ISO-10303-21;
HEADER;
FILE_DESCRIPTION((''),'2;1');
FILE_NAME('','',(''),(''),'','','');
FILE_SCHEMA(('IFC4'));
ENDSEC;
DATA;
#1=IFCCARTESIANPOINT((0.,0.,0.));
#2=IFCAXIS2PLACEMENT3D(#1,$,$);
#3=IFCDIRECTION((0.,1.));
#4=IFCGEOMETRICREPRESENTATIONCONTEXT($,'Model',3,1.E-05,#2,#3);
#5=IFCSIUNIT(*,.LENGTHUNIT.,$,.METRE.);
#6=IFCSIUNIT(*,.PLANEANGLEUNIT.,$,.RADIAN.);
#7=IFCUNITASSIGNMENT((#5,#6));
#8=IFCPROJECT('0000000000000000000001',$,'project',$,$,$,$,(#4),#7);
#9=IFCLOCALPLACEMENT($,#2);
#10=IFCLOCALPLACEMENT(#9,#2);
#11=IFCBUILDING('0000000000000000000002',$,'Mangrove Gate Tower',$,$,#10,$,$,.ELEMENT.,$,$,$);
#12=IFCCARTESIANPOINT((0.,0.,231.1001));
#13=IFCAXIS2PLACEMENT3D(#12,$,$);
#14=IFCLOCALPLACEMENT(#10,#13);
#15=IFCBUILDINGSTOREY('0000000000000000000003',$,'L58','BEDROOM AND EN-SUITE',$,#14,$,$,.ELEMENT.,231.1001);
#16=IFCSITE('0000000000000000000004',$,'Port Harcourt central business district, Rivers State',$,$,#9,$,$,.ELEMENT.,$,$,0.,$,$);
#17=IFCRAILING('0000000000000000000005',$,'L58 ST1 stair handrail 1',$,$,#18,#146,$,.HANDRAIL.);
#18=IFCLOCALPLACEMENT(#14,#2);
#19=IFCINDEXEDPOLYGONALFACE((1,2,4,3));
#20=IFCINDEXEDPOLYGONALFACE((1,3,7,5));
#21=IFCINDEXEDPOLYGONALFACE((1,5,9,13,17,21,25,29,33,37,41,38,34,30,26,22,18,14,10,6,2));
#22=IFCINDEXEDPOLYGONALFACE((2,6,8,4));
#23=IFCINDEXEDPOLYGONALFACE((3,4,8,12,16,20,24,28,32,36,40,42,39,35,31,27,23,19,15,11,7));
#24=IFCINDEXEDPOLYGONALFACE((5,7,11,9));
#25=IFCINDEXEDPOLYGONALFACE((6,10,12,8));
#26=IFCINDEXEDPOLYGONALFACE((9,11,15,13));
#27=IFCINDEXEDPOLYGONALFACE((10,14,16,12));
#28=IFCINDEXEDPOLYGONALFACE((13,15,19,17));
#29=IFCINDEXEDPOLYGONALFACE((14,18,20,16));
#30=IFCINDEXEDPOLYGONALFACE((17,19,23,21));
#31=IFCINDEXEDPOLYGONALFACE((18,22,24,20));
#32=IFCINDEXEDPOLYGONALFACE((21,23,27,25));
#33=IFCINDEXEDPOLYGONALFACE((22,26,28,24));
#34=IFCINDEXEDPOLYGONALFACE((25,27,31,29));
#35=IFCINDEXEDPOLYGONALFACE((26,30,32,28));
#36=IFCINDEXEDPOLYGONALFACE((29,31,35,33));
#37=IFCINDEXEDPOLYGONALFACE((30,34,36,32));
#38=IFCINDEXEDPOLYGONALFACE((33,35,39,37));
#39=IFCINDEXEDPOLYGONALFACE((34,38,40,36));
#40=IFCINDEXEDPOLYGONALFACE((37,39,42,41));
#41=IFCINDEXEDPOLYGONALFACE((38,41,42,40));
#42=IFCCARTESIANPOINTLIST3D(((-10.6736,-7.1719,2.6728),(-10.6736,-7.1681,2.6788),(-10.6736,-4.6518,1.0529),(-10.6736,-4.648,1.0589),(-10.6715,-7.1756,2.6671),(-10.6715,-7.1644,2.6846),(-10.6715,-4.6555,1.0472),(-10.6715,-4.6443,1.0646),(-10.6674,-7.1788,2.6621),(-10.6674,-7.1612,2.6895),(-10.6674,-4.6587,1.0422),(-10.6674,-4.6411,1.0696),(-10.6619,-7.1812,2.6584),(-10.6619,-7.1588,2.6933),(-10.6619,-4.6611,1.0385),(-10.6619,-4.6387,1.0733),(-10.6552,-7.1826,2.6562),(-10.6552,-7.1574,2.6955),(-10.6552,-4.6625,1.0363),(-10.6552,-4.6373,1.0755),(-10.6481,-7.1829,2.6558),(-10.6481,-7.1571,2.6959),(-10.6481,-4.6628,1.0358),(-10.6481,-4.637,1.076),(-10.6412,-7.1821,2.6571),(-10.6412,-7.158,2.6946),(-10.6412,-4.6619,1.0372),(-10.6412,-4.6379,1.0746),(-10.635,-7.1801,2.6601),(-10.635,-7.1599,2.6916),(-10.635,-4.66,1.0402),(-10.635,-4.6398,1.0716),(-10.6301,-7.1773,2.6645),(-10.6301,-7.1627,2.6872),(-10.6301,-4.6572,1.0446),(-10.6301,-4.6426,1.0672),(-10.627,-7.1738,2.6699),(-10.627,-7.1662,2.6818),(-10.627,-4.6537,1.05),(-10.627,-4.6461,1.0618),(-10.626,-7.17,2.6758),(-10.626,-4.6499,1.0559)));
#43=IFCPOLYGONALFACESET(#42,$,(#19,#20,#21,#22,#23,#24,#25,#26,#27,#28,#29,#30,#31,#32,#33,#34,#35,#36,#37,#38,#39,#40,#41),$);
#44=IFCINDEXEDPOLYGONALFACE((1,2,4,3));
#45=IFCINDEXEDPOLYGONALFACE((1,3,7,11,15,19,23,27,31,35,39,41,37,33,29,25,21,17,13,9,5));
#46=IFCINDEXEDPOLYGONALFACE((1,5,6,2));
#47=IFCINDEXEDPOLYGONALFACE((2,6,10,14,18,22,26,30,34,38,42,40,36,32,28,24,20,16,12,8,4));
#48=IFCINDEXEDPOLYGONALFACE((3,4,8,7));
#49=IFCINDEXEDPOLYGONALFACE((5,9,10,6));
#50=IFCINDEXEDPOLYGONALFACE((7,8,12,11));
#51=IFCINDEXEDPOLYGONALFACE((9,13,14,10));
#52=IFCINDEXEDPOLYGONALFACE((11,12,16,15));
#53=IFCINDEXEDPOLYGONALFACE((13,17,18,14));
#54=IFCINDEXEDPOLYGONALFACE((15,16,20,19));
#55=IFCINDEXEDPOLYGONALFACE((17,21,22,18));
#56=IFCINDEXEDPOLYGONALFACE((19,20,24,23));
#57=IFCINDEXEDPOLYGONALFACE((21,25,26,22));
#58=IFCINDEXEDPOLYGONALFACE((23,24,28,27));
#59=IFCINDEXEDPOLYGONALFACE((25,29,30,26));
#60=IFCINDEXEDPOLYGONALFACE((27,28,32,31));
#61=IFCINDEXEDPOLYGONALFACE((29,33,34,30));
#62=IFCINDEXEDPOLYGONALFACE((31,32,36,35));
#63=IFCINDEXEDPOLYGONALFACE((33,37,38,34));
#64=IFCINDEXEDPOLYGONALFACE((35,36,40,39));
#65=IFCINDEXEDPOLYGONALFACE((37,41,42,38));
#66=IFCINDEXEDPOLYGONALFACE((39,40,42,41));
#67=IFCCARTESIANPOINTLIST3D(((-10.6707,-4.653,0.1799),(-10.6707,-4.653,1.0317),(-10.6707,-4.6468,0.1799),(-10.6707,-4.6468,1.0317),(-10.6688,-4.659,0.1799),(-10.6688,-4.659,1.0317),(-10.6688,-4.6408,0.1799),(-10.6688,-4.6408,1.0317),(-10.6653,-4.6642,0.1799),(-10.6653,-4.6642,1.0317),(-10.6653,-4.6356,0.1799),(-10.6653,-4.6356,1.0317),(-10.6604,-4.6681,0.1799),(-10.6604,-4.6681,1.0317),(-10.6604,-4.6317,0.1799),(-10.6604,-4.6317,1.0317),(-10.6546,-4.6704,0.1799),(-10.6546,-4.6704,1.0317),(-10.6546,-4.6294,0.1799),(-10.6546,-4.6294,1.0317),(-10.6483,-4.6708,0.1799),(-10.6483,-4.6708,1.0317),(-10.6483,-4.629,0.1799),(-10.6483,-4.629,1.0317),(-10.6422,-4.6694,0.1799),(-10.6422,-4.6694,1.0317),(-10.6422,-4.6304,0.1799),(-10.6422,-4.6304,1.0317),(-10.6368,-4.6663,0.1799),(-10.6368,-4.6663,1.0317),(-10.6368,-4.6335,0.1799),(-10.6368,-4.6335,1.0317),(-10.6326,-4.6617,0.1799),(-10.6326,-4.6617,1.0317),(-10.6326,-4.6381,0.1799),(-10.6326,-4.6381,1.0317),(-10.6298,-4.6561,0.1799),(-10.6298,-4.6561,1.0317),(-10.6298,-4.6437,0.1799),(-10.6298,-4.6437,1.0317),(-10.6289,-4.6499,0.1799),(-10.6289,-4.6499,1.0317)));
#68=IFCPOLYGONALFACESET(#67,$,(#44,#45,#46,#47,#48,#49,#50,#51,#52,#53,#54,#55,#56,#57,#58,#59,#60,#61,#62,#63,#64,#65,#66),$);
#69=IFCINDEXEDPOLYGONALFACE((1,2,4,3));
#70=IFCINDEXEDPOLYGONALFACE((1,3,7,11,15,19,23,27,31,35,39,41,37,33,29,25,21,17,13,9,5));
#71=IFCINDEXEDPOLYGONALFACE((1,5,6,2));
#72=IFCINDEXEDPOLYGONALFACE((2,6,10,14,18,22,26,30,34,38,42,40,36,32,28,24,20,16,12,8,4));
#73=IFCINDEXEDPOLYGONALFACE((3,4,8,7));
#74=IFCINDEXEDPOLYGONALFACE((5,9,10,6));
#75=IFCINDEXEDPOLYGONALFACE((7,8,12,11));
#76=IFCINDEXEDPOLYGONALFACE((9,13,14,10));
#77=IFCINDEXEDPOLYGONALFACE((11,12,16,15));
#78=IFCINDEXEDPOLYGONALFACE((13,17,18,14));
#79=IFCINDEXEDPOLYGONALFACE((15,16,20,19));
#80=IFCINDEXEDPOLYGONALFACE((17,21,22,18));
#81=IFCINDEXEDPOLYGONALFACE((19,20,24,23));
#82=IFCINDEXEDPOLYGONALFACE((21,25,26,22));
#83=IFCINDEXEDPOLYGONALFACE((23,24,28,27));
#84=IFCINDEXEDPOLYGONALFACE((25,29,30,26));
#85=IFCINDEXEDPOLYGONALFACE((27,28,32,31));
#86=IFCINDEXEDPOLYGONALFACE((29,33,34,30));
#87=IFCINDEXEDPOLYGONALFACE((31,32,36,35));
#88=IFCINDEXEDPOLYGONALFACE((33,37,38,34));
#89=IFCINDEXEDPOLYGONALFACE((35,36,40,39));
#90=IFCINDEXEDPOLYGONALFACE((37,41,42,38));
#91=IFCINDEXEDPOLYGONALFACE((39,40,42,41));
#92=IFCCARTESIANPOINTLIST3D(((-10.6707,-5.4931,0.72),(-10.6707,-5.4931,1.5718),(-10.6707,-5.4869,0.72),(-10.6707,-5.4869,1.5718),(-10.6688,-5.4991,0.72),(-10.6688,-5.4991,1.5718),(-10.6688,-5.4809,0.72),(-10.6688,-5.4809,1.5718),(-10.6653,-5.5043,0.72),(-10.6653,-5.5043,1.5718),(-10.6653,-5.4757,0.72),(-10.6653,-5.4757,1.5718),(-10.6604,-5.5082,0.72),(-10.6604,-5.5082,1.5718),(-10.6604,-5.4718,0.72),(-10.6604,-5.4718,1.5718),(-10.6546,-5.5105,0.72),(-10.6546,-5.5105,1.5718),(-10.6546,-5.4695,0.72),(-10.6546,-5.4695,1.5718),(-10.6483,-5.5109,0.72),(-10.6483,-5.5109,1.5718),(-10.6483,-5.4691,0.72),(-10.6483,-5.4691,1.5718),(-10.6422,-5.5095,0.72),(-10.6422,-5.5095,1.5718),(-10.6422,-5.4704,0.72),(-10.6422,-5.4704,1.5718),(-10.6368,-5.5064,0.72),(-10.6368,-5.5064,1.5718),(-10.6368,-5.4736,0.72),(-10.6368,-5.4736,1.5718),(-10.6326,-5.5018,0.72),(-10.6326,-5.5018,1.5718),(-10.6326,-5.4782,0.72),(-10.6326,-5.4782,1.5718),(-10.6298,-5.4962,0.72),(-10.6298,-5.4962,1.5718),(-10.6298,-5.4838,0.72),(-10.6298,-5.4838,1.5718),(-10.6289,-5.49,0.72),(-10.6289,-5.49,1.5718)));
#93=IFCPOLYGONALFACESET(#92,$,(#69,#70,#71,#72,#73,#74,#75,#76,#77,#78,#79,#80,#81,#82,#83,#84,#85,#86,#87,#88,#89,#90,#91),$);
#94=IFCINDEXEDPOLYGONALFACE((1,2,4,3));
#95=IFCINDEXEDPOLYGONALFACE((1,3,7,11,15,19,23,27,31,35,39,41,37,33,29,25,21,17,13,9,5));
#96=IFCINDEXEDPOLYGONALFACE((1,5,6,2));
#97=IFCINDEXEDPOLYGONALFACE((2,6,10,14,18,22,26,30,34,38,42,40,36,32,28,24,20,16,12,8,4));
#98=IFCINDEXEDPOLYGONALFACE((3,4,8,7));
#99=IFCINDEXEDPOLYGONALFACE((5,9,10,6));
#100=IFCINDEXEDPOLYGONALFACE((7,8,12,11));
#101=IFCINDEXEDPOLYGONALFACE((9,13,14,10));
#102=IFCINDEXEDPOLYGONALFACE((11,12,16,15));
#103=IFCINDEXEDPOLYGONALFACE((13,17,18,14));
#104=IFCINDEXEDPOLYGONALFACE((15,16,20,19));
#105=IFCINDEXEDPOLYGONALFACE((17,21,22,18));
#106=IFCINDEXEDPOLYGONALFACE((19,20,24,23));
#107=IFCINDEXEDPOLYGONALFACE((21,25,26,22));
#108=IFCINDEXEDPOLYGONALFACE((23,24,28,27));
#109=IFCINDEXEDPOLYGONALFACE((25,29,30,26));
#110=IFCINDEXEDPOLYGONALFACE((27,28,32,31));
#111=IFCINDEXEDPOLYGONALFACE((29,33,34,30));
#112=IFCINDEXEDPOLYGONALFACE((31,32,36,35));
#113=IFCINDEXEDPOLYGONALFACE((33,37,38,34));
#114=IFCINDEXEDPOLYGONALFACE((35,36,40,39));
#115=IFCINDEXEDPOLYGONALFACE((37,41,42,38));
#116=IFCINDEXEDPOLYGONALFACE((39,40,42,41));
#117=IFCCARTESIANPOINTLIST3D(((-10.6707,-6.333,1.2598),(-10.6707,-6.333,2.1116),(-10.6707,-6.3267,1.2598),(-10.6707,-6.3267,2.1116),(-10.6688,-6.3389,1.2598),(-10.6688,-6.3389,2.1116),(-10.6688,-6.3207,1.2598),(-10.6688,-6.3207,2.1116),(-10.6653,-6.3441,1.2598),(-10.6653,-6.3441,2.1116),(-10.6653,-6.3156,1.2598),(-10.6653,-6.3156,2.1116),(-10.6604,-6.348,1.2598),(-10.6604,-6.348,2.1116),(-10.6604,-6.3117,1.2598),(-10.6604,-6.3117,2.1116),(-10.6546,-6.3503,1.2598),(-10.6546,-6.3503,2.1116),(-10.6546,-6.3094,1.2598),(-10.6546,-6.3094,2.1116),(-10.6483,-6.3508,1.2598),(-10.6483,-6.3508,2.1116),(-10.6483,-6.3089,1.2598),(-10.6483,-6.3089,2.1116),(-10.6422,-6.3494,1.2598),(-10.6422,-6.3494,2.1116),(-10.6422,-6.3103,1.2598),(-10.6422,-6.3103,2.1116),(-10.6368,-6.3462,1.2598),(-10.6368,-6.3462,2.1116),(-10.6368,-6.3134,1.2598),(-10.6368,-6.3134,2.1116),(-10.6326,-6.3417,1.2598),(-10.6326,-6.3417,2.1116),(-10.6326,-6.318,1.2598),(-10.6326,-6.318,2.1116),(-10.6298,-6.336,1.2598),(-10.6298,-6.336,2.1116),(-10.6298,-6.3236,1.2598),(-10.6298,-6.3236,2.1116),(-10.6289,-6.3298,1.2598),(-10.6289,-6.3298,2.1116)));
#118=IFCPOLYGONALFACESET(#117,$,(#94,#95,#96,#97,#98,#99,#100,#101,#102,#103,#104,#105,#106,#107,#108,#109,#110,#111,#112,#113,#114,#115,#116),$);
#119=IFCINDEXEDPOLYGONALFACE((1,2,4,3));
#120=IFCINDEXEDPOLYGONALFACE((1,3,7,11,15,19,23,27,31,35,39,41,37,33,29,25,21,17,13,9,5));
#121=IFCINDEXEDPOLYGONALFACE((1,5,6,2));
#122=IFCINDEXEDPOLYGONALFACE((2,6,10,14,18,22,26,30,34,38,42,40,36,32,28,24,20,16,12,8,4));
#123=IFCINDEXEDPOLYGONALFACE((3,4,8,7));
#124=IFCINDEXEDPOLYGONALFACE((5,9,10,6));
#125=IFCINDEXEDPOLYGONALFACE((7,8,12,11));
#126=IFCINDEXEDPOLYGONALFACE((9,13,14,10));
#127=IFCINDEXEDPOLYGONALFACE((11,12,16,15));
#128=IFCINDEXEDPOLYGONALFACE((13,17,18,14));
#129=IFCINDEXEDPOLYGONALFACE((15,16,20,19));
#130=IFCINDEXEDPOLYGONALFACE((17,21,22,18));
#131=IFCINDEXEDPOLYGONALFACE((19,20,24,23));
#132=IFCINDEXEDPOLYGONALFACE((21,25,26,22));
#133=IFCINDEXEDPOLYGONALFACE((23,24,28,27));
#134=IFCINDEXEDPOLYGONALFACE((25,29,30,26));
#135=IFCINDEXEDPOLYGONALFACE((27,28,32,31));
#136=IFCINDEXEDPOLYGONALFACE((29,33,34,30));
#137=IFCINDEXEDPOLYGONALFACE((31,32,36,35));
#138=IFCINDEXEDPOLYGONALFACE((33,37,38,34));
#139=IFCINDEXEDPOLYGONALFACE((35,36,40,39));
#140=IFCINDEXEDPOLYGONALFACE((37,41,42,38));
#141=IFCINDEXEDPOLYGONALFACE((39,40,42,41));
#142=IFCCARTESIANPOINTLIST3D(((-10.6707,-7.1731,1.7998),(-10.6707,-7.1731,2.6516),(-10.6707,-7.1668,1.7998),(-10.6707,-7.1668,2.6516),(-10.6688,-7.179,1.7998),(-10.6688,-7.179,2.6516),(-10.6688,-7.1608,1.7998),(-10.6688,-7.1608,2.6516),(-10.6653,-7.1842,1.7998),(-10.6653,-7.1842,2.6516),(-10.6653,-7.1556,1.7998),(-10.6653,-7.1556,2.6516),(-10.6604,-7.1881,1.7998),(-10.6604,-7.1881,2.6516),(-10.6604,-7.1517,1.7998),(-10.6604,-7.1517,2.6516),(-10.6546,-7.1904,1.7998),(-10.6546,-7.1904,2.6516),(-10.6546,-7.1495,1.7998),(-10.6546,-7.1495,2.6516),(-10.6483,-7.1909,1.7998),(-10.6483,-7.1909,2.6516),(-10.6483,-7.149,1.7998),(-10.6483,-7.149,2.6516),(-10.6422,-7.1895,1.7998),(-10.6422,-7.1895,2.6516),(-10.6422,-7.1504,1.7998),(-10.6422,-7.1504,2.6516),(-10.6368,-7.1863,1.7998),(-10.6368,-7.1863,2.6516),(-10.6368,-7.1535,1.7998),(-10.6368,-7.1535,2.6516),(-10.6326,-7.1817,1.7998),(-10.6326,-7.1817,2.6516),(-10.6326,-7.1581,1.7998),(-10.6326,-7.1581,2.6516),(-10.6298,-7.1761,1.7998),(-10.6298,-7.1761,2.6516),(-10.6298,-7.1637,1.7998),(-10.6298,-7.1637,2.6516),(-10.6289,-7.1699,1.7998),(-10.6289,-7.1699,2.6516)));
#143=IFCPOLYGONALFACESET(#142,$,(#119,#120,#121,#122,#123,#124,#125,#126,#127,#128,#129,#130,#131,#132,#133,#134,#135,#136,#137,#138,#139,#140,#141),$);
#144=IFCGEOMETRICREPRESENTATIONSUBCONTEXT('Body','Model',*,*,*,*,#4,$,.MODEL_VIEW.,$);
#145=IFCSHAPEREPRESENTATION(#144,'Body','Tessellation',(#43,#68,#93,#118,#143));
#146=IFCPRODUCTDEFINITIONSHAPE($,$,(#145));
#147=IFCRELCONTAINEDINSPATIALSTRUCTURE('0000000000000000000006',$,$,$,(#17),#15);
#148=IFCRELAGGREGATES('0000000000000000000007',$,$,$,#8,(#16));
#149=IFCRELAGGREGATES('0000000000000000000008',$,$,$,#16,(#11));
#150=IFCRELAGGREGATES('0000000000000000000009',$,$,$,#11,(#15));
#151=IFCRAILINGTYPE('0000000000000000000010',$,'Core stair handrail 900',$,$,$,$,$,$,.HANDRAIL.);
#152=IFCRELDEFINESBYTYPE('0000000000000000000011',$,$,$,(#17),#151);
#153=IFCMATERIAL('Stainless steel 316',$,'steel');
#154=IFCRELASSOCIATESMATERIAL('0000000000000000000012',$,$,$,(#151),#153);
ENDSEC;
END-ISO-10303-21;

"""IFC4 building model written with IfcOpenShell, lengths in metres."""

from ifc_helpers import new_model, si_unit, direction, frame, origin, origin_2d, place, context, subcontext, project, spatial, circle, extrude, material, type_object, element, save


model = new_model("IFC4")

# Units and contexts
model_context = context("Model", 3, precision=1e-05, world=origin(), true_north=direction((0.0, 1.0)))
body_context = subcontext(model_context, "Body", "Model", "MODEL_VIEW")
ifc_project = project(units=[si_unit("LENGTHUNIT", "METRE"), si_unit("PLANEANGLEUNIT", "RADIAN")], contexts=[model_context])

# Site, building, storey
site_placement = place(None, origin())
site = spatial("IfcSite", under=ifc_project, at=site_placement, Name="Port Harcourt central business district, Rivers State", CompositionType="ELEMENT", RefElevation=0.0)
building_placement = place(site_placement, origin())
building = spatial("IfcBuilding", under=site, at=building_placement, Name="Mangrove Gate Tower", CompositionType="ELEMENT")
storey_placement = place(building_placement, frame((0.0, 0.0, 231.1001)))
storey = spatial("IfcBuildingStorey", under=building, at=storey_placement, Name="L58", Description="BEDROOM AND EN-SUITE", CompositionType="ELEMENT", Elevation=231.1001)

# Railing
ifc_material_1 = material(Name="Stainless steel 316", Category="steel")
railing_type_1 = type_object("IfcRailingType", Name="Core stair handrail 900", PredefinedType="HANDRAIL", material=ifc_material_1)
railing_1_placement = place(storey_placement, frame((-10.6499, -4.6499, 0.1799)))
element("IfcRailing", 1, at=railing_1_placement, inside=storey, type_object=railing_type_1, Name="L58 ST1 stair handrail 1", PredefinedType="HANDRAIL", context=body_context, shape_type="SweptSolid", body=[
    extrude(circle(Radius=0.0239, at=origin_2d()), frame((0.0, 0.0, 0.876), z_axis=(0.0, -0.8412, 0.540725), x_axis=(1.0, 0.0, 0.0)), (0.0, 0.0, 1.0), 2.9958),
    extrude(circle(Radius=0.021, at=origin_2d()), origin(), (0.0, 0.0, 1.0), 0.8518),
    extrude(circle(Radius=0.021, at=origin_2d()), frame((0.0, -0.8401, 0.54)), (0.0, 0.0, 1.0), 0.8518),
    extrude(circle(Radius=0.021, at=origin_2d()), frame((0.0, -1.6799, 1.0798)), (0.0, 0.0, 1.0), 0.8518),
    extrude(circle(Radius=0.021, at=origin_2d()), frame((0.0, -2.52, 1.6199)), (0.0, 0.0, 1.0), 0.8518),
])

save(model, "model.ifc")
